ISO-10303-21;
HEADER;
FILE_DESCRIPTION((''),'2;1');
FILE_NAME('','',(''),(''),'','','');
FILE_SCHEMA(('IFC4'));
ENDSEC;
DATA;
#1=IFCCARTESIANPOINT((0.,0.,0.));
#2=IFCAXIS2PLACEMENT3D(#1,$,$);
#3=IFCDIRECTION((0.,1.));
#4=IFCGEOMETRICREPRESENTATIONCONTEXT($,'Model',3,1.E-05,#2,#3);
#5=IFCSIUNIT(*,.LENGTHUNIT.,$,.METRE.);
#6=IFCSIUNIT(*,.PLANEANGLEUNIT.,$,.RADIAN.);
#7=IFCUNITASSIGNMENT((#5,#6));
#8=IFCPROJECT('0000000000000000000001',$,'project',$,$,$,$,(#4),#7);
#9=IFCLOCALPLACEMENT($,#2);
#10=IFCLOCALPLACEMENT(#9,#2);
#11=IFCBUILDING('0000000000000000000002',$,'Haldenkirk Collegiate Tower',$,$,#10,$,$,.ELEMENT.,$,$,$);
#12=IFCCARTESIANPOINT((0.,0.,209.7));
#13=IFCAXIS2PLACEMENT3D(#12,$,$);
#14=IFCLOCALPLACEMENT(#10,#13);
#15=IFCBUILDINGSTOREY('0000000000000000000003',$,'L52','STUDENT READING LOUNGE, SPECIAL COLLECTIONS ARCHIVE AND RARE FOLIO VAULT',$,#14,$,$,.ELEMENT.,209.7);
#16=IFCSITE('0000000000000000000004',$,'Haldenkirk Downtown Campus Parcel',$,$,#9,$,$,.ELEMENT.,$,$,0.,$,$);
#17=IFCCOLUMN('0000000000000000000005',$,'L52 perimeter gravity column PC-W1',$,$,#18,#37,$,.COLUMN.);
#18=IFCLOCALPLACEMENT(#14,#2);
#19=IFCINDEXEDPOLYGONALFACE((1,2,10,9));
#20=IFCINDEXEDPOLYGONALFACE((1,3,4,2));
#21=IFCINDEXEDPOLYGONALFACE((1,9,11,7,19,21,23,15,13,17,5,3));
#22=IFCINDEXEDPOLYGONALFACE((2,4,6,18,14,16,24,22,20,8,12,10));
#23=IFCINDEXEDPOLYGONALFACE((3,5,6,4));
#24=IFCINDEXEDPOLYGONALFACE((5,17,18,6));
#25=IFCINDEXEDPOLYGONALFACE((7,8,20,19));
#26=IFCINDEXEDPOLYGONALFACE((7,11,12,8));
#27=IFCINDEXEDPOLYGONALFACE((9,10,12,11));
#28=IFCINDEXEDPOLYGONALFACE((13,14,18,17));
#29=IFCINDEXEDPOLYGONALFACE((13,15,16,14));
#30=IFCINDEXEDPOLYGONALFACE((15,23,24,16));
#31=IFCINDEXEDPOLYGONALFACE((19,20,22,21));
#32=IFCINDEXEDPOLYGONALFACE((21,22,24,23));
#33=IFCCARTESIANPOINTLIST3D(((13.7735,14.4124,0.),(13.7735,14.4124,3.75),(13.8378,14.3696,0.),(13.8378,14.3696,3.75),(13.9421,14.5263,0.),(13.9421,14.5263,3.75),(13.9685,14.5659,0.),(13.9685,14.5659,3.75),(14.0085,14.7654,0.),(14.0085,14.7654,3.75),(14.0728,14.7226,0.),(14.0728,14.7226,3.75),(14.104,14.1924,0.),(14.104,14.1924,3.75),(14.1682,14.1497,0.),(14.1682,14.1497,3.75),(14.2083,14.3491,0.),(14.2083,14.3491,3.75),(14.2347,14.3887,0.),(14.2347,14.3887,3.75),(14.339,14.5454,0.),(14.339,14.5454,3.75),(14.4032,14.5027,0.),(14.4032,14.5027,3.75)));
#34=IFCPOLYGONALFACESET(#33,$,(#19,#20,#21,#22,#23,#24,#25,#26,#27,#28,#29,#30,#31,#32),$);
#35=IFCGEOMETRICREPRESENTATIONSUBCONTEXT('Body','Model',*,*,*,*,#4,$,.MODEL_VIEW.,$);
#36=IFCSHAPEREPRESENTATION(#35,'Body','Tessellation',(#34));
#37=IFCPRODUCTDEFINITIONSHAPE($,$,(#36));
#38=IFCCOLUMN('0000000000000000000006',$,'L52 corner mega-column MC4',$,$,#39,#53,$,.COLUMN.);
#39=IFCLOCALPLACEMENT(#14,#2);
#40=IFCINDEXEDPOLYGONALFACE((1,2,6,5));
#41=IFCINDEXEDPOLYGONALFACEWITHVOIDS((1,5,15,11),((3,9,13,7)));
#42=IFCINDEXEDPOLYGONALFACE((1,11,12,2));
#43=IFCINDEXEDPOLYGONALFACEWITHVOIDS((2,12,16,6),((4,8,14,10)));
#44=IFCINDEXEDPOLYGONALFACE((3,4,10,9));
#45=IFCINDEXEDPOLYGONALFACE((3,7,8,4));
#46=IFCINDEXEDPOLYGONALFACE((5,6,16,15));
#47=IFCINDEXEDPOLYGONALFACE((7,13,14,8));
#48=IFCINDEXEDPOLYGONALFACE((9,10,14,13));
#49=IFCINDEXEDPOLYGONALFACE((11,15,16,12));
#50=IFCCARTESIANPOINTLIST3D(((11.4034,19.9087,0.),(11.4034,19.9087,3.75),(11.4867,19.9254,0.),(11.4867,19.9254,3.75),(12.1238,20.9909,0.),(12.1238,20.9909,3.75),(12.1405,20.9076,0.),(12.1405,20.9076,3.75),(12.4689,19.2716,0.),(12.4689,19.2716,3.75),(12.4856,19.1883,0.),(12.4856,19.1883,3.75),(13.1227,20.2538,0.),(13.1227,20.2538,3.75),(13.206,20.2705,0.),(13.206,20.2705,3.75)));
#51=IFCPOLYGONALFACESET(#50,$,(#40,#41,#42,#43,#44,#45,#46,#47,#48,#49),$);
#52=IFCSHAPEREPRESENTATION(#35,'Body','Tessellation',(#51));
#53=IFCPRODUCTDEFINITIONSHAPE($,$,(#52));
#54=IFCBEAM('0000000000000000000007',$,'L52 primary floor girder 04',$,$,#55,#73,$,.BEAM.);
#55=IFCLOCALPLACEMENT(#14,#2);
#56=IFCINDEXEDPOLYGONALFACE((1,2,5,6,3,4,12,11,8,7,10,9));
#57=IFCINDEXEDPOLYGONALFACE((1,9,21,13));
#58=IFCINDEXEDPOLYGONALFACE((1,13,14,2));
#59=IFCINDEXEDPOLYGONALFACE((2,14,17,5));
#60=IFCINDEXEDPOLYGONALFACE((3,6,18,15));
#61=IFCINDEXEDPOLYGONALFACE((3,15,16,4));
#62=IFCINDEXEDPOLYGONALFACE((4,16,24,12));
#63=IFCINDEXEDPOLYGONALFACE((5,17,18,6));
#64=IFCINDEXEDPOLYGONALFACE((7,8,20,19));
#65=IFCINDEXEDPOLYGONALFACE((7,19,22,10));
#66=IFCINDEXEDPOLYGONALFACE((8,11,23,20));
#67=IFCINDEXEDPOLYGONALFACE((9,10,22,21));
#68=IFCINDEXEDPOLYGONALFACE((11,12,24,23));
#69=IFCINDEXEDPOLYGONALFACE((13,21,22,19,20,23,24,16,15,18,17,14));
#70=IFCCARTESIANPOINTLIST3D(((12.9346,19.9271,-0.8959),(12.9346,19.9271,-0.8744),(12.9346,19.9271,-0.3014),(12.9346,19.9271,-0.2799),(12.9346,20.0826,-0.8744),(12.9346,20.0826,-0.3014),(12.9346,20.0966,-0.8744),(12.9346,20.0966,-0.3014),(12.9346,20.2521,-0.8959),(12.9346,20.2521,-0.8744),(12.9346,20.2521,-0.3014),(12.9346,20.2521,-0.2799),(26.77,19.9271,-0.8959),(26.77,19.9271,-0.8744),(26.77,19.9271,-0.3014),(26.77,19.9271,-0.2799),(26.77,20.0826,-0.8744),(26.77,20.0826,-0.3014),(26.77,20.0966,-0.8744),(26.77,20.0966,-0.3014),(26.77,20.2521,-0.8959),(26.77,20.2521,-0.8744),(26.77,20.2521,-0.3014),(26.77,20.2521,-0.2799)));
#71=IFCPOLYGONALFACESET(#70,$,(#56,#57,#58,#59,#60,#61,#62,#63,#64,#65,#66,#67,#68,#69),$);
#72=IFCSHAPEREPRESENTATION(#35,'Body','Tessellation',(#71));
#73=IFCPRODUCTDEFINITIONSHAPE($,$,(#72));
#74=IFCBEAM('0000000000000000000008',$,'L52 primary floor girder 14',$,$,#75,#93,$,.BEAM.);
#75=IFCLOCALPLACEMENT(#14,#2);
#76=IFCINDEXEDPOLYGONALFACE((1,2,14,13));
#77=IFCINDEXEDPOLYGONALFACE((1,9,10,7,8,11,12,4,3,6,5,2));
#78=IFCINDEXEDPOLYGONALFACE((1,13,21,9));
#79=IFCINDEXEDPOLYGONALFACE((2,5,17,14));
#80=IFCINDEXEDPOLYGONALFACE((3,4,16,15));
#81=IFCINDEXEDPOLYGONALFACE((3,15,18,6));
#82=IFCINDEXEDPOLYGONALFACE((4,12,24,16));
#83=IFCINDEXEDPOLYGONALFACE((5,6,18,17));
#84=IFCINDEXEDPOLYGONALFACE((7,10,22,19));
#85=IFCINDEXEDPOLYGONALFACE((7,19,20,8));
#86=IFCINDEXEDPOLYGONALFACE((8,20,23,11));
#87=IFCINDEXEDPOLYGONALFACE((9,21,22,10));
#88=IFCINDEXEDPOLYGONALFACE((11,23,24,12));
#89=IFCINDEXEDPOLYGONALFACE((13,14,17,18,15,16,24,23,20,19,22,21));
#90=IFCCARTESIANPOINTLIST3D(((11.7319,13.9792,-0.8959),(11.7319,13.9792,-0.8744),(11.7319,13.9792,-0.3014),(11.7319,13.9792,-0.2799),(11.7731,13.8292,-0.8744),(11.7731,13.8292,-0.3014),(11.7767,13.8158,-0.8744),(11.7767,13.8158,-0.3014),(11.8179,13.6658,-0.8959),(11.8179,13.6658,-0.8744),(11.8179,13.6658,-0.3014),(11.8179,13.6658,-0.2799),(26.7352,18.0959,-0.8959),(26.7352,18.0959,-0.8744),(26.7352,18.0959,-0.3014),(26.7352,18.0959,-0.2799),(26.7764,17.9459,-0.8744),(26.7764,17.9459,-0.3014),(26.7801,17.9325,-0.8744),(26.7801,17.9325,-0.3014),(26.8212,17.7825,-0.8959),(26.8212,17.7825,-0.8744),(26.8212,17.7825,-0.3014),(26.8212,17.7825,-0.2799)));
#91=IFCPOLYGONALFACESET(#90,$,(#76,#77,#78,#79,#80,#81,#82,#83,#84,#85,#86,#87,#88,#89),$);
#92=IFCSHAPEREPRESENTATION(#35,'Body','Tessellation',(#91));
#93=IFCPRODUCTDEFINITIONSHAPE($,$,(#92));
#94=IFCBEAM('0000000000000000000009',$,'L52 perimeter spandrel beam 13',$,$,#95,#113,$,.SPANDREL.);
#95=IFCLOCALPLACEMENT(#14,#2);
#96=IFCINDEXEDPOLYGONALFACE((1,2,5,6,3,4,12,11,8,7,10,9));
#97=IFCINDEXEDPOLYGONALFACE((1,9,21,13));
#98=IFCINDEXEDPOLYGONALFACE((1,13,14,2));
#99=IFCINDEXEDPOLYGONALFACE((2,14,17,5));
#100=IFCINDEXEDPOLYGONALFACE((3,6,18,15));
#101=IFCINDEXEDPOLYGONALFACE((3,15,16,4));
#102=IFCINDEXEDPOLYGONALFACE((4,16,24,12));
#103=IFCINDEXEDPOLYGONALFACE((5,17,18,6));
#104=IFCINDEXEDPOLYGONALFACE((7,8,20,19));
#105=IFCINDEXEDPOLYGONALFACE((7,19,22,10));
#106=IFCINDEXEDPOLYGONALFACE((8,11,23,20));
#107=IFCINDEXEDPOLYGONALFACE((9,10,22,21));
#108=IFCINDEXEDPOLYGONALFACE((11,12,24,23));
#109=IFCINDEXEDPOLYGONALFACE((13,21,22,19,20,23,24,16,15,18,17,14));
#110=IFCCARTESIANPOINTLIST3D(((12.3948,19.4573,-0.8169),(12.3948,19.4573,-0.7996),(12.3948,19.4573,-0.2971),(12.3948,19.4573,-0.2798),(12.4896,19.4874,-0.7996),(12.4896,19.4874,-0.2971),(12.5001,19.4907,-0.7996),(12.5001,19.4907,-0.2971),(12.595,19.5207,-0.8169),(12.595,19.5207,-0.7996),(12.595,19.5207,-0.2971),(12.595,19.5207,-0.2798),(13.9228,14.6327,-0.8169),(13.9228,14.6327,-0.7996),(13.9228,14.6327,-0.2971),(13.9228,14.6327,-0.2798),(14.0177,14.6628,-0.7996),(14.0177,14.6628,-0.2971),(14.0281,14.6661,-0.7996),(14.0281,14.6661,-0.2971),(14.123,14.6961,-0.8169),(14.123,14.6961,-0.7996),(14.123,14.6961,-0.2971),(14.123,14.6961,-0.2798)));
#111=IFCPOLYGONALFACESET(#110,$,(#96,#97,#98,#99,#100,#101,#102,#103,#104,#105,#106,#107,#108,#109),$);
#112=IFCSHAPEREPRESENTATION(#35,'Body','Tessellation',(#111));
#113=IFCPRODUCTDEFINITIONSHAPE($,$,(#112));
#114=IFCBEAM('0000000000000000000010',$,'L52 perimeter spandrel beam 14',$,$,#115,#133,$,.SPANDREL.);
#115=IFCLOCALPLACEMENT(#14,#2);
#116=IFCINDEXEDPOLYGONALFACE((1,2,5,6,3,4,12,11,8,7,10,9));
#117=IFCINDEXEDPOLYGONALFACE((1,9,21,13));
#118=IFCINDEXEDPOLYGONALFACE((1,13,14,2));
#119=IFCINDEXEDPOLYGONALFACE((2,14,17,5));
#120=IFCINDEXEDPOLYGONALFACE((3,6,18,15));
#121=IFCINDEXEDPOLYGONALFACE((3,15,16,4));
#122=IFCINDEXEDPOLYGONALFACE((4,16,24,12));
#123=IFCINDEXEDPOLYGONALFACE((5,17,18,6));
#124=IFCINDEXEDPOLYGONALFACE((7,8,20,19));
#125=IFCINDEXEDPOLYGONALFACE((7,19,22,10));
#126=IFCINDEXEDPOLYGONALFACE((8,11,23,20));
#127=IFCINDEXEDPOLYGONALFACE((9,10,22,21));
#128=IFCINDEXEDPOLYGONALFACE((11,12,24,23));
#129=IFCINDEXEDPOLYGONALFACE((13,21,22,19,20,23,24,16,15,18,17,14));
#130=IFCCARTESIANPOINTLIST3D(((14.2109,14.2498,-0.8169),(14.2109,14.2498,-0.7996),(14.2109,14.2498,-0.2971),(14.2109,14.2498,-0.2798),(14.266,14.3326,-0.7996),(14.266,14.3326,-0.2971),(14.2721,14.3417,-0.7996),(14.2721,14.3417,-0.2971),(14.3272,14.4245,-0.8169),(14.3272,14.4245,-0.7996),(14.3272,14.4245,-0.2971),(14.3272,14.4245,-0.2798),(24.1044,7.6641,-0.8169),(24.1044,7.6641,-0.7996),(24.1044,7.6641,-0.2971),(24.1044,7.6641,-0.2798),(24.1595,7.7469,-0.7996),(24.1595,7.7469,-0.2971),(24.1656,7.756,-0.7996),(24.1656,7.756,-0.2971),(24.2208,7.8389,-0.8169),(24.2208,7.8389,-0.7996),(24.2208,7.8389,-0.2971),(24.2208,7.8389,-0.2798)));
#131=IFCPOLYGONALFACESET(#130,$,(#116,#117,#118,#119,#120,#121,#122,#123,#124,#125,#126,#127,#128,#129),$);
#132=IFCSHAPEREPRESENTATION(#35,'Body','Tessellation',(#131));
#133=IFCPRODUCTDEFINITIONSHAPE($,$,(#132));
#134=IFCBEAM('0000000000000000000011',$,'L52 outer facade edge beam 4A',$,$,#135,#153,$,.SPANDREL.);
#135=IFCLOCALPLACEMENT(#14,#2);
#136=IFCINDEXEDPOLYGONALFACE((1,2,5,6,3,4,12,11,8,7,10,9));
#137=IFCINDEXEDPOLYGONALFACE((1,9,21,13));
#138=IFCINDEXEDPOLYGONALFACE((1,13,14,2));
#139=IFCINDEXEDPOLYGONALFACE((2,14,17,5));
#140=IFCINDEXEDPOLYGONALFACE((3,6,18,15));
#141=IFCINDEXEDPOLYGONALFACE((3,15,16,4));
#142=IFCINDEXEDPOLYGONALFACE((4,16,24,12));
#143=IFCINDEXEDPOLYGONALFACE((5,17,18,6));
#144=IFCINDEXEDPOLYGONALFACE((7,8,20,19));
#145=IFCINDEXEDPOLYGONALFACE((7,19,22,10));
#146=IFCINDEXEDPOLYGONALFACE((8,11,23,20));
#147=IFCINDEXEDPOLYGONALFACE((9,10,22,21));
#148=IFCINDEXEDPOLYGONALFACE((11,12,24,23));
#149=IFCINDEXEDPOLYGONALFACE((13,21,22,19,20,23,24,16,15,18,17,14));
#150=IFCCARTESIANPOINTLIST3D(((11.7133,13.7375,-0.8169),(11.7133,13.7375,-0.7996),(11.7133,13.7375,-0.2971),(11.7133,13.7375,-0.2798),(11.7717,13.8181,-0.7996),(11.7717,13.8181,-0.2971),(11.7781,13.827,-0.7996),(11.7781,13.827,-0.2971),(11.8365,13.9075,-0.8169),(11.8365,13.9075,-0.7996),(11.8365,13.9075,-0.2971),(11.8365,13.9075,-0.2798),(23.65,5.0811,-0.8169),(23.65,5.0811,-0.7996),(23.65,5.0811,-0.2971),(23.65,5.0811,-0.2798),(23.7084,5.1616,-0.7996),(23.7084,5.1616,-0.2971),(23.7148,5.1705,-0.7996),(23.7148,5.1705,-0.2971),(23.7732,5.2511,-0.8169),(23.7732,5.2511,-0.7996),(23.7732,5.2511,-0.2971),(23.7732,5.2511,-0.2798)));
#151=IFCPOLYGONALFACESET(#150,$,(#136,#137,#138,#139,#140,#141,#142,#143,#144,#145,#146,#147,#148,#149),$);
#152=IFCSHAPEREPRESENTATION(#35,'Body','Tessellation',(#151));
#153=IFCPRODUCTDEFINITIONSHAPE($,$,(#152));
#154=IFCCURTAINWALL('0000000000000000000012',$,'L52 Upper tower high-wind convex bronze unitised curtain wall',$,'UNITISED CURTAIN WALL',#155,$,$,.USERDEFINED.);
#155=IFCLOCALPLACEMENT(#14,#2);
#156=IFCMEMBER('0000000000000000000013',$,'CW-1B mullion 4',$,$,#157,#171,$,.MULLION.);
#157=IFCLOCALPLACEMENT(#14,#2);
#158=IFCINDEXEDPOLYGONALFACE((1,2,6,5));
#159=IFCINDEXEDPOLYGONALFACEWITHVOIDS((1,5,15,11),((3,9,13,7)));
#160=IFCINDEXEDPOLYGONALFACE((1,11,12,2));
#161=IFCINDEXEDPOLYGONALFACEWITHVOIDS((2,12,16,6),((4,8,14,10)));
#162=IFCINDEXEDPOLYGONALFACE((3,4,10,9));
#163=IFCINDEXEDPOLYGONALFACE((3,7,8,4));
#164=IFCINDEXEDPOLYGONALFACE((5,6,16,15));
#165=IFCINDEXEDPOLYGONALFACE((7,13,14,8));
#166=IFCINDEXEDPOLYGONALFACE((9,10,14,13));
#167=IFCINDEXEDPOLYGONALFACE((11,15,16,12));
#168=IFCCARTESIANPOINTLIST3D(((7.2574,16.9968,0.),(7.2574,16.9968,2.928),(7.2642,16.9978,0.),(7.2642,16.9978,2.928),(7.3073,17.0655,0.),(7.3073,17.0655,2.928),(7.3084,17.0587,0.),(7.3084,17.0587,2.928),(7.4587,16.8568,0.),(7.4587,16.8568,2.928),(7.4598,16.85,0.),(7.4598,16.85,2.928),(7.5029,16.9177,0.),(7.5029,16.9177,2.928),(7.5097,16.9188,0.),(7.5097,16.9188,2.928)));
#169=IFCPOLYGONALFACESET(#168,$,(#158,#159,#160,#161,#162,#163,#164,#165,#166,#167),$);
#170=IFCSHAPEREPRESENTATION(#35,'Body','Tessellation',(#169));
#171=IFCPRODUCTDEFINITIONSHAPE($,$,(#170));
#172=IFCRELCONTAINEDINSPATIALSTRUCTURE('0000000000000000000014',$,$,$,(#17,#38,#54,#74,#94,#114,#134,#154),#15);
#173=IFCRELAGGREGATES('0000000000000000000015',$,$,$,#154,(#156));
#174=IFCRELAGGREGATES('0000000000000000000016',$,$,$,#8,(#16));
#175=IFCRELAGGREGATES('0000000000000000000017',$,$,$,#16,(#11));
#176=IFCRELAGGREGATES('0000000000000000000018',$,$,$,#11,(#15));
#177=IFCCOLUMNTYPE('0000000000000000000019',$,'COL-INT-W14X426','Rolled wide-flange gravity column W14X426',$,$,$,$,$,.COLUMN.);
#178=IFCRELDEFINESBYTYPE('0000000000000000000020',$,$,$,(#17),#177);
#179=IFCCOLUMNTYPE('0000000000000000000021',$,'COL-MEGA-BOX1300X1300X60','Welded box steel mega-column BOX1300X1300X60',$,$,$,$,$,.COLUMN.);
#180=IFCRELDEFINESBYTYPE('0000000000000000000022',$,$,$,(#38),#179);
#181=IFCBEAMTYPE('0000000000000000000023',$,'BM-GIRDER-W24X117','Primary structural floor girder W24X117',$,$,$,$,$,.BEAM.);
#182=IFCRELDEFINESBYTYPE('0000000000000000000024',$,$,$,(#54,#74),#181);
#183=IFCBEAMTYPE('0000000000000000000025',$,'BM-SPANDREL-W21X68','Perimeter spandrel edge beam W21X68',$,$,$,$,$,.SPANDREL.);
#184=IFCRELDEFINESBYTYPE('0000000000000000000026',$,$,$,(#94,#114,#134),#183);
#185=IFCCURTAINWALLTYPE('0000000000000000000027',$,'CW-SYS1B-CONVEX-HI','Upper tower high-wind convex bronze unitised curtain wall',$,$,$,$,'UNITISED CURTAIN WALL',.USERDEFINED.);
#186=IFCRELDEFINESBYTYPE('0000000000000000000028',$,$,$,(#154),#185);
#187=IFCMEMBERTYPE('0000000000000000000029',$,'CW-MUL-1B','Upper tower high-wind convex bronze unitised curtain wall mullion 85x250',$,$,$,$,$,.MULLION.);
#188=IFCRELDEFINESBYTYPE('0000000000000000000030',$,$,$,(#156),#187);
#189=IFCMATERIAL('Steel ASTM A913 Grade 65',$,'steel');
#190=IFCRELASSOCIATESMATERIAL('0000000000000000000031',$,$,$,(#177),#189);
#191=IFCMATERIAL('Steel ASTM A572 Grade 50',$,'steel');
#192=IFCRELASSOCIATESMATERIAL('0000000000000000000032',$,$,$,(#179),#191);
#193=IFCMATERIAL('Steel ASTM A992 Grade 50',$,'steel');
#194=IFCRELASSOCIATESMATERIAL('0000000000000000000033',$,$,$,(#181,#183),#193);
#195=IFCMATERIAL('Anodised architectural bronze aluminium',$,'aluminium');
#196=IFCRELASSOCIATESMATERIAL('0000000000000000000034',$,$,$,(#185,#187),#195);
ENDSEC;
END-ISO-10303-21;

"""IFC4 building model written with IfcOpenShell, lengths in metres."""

from ifc_helpers import new_model, si_unit, direction, frame, origin, origin_2d, place, context, subcontext, project, spatial, hollow_rectangle, i_section, extrude, material, material_profile, profile_set, type_object, element, aggregate, save


model = new_model("IFC4")

# Units and contexts
model_context = context("Model", 3, precision=1e-05, world=origin(), true_north=direction((0.0, 1.0)))
body_context = subcontext(model_context, "Body", "Model", "MODEL_VIEW")
ifc_project = project(units=[si_unit("LENGTHUNIT", "METRE"), si_unit("PLANEANGLEUNIT", "RADIAN")], contexts=[model_context])

# Site, building, storey
site_placement = place(None, origin())
site = spatial("IfcSite", under=ifc_project, at=site_placement, Name="Haldenkirk Downtown Campus Parcel", CompositionType="ELEMENT", RefElevation=0.0)
building_placement = place(site_placement, origin())
building = spatial("IfcBuilding", under=site, at=building_placement, Name="Haldenkirk Collegiate Tower", CompositionType="ELEMENT")
storey_placement = place(building_placement, frame((0.0, 0.0, 209.7)))
storey = spatial("IfcBuildingStorey", under=building, at=storey_placement, Name="L52", Description="STUDENT READING LOUNGE, SPECIAL COLLECTIONS ARCHIVE AND RARE FOLIO VAULT", CompositionType="ELEMENT", Elevation=209.7)

# Columns
ifc_material_1 = material(Name="Steel ASTM A913 Grade 65", Category="steel")
ifc_material_profile_1 = material_profile(ifc_material_1, i_section(OverallWidth=0.4241, OverallDepth=0.4741, WebThickness=0.0476, FlangeThickness=0.0771, at=origin_2d()), Name="W14X426")
ifc_profile_set_1 = profile_set([ifc_material_profile_1], Name="Steel ASTM A913 Grade 65")
column_type_1 = type_object("IfcColumnType", Name="COL-INT-W14X426", Description="Rolled wide-flange gravity column W14X426", PredefinedType="COLUMN", material=ifc_profile_set_1)
column_1_placement = place(storey_placement, frame((14.0884, 14.4575, 0.0), z_axis=(0.0, 0.0, 1.0), x_axis=(0.554118, 0.832438, 0.0)))
element("IfcColumn", 1, at=column_1_placement, inside=storey, type_object=column_type_1, Name="L52 perimeter gravity column PC-W1", PredefinedType="COLUMN", context=body_context, shape_type="SweptSolid", body=[
    extrude(i_section(OverallWidth=0.4241, OverallDepth=0.4741, WebThickness=0.0476, FlangeThickness=0.0771, at=origin_2d()), origin(), (0.0, 0.0, 1.0), 3.75),
])
ifc_material_2 = material(Name="Steel ASTM A572 Grade 50", Category="steel")
ifc_material_profile_2 = material_profile(ifc_material_2, hollow_rectangle(XDim=1.3, YDim=1.3, WallThickness=0.0601, at=origin_2d()), Name="BOX1300X1300X60")
ifc_profile_set_2 = profile_set([ifc_material_profile_2], Name="Steel ASTM A572 Grade 50")
column_type_2 = type_object("IfcColumnType", Name="COL-MEGA-BOX1300X1300X60", Description="Welded box steel mega-column BOX1300X1300X60", PredefinedType="COLUMN", material=ifc_profile_set_2)
column_2_placement = place(storey_placement, frame((12.3047, 20.0896, 0.0), z_axis=(0.0, 0.0, 1.0), x_axis=(0.554118, 0.832438, 0.0)))
element("IfcColumn", 2, at=column_2_placement, inside=storey, type_object=column_type_2, Name="L52 corner mega-column MC4", PredefinedType="COLUMN", context=body_context, shape_type="SweptSolid", body=[
    extrude(hollow_rectangle(XDim=1.3, YDim=1.3, WallThickness=0.0601, at=origin_2d()), origin(), (0.0, 0.0, 1.0), 3.75),
])

# Beams
ifc_material_3 = material(Name="Steel ASTM A992 Grade 50", Category="steel")
ifc_material_profile_3 = material_profile(ifc_material_3, i_section(OverallWidth=0.325, OverallDepth=0.616, WebThickness=0.0139, FlangeThickness=0.0215, at=origin_2d()), Name="W24X117")
ifc_profile_set_3 = profile_set([ifc_material_profile_3], Name="Steel ASTM A992 Grade 50")
beam_type_1 = type_object("IfcBeamType", Name="BM-GIRDER-W24X117", Description="Primary structural floor girder W24X117", PredefinedType="BEAM", material=ifc_profile_set_3)
beam_1_placement = place(storey_placement, frame((12.9346, 20.0896, -0.5879), z_axis=(1.0, 0.0, 0.0), x_axis=(0.0, 1.0, 0.0)))
element("IfcBeam", 3, at=beam_1_placement, inside=storey, type_object=beam_type_1, Name="L52 primary floor girder 04", PredefinedType="BEAM", context=body_context, shape_type="SweptSolid", body=[
    extrude(i_section(OverallWidth=0.325, OverallDepth=0.616, WebThickness=0.0139, FlangeThickness=0.0215, at=origin_2d()), origin(), (0.0, 0.0, 1.0), 13.8354),
])
beam_2_placement = place(storey_placement, frame((11.7749, 13.8225, -0.5879), z_axis=(0.964357, 0.264604, 0.0), x_axis=(-0.264604, 0.964357, 0.0)))
element("IfcBeam", 4, at=beam_2_placement, inside=storey, type_object=beam_type_1, Name="L52 primary floor girder 14", PredefinedType="BEAM", context=body_context, shape_type="SweptSolid", body=[
    extrude(i_section(OverallWidth=0.325, OverallDepth=0.616, WebThickness=0.0139, FlangeThickness=0.0215, at=origin_2d()), origin(), (0.0, 0.0, 1.0), 15.5579),
])
ifc_material_profile_4 = material_profile(ifc_material_3, i_section(OverallWidth=0.21, OverallDepth=0.5371, WebThickness=0.011, FlangeThickness=0.0173, at=origin_2d()), Name="W21X68")
ifc_profile_set_4 = profile_set([ifc_material_profile_4], Name="Steel ASTM A992 Grade 50")
beam_type_2 = type_object("IfcBeamType", Name="BM-SPANDREL-W21X68", Description="Perimeter spandrel edge beam W21X68", PredefinedType="SPANDREL", material=ifc_profile_set_4)
beam_3_placement = place(storey_placement, frame((12.4949, 19.489, -0.5483), z_axis=(0.301937, -0.953328, 0.0), x_axis=(0.953328, 0.301937, 0.0)))
element("IfcBeam", 5, at=beam_3_placement, inside=storey, type_object=beam_type_2, Name="L52 perimeter spandrel beam 13", PredefinedType="SPANDREL", context=body_context, shape_type="SweptSolid", body=[
    extrude(i_section(OverallWidth=0.21, OverallDepth=0.5371, WebThickness=0.011, FlangeThickness=0.0173, at=origin_2d()), origin(), (0.0, 0.0, 1.0), 5.0608),
])
beam_4_placement = place(storey_placement, frame((14.269, 14.3372, -0.5483), z_axis=(0.832439, -0.554117, 0.0), x_axis=(0.554117, 0.832439, 0.0)))
element("IfcBeam", 6, at=beam_4_placement, inside=storey, type_object=beam_type_2, Name="L52 perimeter spandrel beam 14", PredefinedType="SPANDREL", context=body_context, shape_type="SweptSolid", body=[
    extrude(i_section(OverallWidth=0.21, OverallDepth=0.5371, WebThickness=0.011, FlangeThickness=0.0173, at=origin_2d()), origin(), (0.0, 0.0, 1.0), 11.885),
])
beam_5_placement = place(storey_placement, frame((11.7749, 13.8225, -0.5483), z_axis=(0.809535, -0.587071, 0.0), x_axis=(0.587071, 0.809535, 0.0)))
element("IfcBeam", 7, at=beam_5_placement, inside=storey, type_object=beam_type_2, Name="L52 outer facade edge beam 4A", PredefinedType="SPANDREL", context=body_context, shape_type="SweptSolid", body=[
    extrude(i_section(OverallWidth=0.21, OverallDepth=0.5371, WebThickness=0.011, FlangeThickness=0.0173, at=origin_2d()), origin(), (0.0, 0.0, 1.0), 14.7451),
])

# Curtain wall, member
ifc_material_4 = material(Name="Anodised architectural bronze aluminium", Category="aluminium")
curtain_wall_type = type_object("IfcCurtainWallType", Name="CW-SYS1B-CONVEX-HI", Description="Upper tower high-wind convex bronze unitised curtain wall", ElementType="UNITISED CURTAIN WALL", PredefinedType="USERDEFINED", material=ifc_material_4)
curtain_wall_placement = place(storey_placement, origin())
curtain_wall = element("IfcCurtainWall", 8, at=curtain_wall_placement, inside=storey, type_object=curtain_wall_type, Name="L52 Upper tower high-wind convex bronze unitised curtain wall", ObjectType="UNITISED CURTAIN WALL", PredefinedType="USERDEFINED")
ifc_material_profile_5 = material_profile(ifc_material_4, hollow_rectangle(XDim=0.085, YDim=0.25, WallThickness=0.0049, at=origin_2d()), Name="CW-MUL-1B")
ifc_profile_set_5 = profile_set([ifc_material_profile_5], Name="Anodised architectural bronze aluminium")
member_type = type_object("IfcMemberType", Name="CW-MUL-1B", Description="Upper tower high-wind convex bronze unitised curtain wall mullion 85x250", PredefinedType="MULLION", material=ifc_profile_set_5)
member_placement = place(storey_placement, frame((7.3835, 16.9578, 0.0), z_axis=(0.0, 0.0, 1.0), x_axis=(-0.587077, -0.809531, 0.0)))
member = element("IfcMember", 9, at=member_placement, type_object=member_type, Name="CW-1B mullion 4", PredefinedType="MULLION", context=body_context, shape_type="SweptSolid", body=[
    extrude(hollow_rectangle(XDim=0.085, YDim=0.25, WallThickness=0.0049, at=origin_2d()), origin(), (0.0, 0.0, 1.0), 2.928),
])

aggregate(curtain_wall, [member])

save(model, "model.ifc")
